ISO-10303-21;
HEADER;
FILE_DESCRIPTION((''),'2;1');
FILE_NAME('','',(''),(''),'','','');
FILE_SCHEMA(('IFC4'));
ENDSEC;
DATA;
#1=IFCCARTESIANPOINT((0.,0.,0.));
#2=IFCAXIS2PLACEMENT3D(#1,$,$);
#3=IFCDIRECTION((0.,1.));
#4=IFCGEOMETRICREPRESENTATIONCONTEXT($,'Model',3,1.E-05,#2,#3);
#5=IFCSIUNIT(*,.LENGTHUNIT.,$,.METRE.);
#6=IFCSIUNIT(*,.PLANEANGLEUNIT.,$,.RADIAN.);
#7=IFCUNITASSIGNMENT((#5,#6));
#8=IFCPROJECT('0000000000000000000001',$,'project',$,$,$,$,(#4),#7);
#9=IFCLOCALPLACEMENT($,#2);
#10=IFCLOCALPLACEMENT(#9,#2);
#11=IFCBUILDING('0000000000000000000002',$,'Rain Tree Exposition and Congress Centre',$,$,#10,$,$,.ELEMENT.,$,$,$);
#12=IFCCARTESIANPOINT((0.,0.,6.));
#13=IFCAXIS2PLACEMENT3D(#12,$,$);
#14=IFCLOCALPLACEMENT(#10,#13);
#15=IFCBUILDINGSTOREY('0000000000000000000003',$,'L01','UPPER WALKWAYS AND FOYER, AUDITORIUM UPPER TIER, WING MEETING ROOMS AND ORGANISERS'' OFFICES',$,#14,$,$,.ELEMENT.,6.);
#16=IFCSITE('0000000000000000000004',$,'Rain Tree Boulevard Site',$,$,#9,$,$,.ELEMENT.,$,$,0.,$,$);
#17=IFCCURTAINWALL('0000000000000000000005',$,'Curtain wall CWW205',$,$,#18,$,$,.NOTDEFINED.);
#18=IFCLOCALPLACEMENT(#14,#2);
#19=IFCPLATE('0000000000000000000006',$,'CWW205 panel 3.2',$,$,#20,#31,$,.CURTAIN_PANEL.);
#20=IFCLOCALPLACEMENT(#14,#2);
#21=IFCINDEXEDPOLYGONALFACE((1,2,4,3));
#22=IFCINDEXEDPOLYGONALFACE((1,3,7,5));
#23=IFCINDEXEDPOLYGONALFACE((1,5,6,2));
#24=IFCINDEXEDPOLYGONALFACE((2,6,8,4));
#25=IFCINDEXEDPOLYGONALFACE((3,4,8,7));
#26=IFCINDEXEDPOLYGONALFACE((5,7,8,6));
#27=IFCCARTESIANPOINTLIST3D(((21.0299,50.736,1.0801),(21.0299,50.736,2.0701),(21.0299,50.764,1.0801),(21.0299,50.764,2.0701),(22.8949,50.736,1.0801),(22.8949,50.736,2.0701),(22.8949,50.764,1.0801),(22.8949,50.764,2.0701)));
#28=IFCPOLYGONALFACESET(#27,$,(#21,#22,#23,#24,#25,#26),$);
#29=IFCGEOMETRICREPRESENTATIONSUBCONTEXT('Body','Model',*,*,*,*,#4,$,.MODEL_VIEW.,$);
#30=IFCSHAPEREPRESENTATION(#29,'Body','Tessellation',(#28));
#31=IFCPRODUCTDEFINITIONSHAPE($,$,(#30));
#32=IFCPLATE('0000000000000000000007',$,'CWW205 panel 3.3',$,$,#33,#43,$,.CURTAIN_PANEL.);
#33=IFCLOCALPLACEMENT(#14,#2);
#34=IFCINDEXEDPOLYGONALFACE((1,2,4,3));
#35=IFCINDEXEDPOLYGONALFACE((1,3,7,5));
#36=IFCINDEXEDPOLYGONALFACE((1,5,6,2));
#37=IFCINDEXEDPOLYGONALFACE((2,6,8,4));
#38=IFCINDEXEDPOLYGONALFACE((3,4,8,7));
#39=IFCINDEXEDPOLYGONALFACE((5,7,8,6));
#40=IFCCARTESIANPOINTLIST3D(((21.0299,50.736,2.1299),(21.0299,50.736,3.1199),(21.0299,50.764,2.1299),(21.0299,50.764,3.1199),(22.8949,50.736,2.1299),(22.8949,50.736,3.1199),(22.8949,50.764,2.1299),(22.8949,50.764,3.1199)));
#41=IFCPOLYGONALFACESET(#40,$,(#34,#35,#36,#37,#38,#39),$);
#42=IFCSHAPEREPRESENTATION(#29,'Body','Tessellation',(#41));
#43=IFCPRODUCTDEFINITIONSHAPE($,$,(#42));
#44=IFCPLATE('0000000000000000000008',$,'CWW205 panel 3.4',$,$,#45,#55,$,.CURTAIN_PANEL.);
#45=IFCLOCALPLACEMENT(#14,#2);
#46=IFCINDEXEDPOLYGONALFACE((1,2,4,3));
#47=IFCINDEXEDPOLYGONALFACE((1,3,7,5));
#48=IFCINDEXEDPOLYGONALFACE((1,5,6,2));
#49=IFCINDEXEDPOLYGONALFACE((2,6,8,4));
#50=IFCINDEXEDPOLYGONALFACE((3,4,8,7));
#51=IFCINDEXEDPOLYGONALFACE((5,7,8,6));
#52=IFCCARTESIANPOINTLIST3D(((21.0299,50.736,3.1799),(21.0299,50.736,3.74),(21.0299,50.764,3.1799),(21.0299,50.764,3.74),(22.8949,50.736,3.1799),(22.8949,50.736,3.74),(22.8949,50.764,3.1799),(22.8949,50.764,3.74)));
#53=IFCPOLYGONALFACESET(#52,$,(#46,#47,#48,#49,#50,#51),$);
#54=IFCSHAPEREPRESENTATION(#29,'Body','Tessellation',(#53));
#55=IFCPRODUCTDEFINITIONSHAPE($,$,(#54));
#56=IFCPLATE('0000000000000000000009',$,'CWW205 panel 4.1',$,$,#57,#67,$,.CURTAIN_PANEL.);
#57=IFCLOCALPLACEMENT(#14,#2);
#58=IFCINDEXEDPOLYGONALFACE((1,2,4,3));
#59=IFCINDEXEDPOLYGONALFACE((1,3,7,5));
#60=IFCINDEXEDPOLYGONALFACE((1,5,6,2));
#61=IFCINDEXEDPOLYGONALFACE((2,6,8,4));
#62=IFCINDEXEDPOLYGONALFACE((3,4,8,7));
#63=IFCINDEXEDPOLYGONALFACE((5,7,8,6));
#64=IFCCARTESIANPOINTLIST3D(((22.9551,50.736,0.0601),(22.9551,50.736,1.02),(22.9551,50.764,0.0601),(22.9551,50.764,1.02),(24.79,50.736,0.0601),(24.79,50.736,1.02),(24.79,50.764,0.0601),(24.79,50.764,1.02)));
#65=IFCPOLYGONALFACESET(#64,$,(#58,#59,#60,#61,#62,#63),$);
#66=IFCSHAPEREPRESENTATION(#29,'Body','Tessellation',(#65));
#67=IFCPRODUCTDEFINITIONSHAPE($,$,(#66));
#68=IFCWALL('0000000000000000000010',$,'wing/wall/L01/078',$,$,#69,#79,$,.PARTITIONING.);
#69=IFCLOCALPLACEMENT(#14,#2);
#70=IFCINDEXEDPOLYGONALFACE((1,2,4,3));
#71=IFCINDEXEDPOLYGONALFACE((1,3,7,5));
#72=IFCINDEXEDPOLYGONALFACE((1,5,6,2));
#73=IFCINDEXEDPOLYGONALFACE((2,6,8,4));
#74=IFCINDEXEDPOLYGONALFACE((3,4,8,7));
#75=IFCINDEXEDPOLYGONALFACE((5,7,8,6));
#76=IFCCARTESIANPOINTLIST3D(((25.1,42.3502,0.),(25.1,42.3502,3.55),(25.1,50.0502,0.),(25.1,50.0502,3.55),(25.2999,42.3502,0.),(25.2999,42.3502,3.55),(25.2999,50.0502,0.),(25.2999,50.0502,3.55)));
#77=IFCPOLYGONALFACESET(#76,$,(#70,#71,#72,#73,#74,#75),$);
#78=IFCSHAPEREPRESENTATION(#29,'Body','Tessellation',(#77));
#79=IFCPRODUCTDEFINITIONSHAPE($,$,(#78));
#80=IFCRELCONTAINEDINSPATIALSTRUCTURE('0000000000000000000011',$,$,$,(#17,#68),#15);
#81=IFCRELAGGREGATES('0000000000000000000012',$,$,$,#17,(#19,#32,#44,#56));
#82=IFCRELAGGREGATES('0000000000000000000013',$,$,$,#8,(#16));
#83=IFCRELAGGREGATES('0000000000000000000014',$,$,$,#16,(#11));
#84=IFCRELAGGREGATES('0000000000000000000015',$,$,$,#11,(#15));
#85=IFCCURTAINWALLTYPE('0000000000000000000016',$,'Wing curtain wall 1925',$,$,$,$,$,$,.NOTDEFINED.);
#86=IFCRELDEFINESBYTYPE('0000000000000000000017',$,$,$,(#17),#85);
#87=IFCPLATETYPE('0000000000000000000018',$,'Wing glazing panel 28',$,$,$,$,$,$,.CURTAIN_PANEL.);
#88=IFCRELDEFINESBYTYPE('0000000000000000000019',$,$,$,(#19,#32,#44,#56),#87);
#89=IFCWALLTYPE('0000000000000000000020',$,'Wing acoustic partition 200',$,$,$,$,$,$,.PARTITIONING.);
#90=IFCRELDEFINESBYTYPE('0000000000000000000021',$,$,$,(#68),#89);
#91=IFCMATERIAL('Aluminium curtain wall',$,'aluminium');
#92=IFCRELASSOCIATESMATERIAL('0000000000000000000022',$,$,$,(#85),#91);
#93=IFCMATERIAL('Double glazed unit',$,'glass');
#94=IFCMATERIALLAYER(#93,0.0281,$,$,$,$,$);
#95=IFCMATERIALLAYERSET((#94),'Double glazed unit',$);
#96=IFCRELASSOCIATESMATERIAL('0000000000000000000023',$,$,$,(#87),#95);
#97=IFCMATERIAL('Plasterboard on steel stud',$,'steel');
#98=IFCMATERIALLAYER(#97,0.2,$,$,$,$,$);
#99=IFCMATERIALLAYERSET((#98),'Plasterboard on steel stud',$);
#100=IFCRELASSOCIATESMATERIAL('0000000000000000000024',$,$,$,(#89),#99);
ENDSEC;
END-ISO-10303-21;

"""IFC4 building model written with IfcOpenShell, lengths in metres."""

from ifc_helpers import new_model, si_unit, direction, frame, frame_2d, origin, origin_2d, place, context, subcontext, project, spatial, rectangle, extrude, material, layer, layer_set, type_object, element, aggregate, save


model = new_model("IFC4")

# Units and contexts
model_context = context("Model", 3, precision=1e-05, world=origin(), true_north=direction((0.0, 1.0)))
body_context = subcontext(model_context, "Body", "Model", "MODEL_VIEW")
ifc_project = project(units=[si_unit("LENGTHUNIT", "METRE"), si_unit("PLANEANGLEUNIT", "RADIAN")], contexts=[model_context])

# Site, building, storey
site_placement = place(None, origin())
site = spatial("IfcSite", under=ifc_project, at=site_placement, Name="Rain Tree Boulevard Site", CompositionType="ELEMENT", RefElevation=0.0)
building_placement = place(site_placement, origin())
building = spatial("IfcBuilding", under=site, at=building_placement, Name="Rain Tree Exposition and Congress Centre", CompositionType="ELEMENT")
storey_placement = place(building_placement, frame((0.0, 0.0, 6.0)))
storey = spatial("IfcBuildingStorey", under=building, at=storey_placement, Name="L01", Description="UPPER WALKWAYS AND FOYER, AUDITORIUM UPPER TIER, WING MEETING ROOMS AND ORGANISERS' OFFICES", CompositionType="ELEMENT", Elevation=6.0)

# Curtain wall, plates
ifc_material_1 = material(Name="Aluminium curtain wall", Category="aluminium")
curtain_wall_type = type_object("IfcCurtainWallType", Name="Wing curtain wall 1925", PredefinedType="NOTDEFINED", material=ifc_material_1)
curtain_wall_placement = place(storey_placement, origin())
curtain_wall = element("IfcCurtainWall", 1, at=curtain_wall_placement, inside=storey, type_object=curtain_wall_type, Name="Curtain wall CWW205", PredefinedType="NOTDEFINED")
ifc_material_2 = material(Name="Double glazed unit", Category="glass")
ifc_layer_1 = layer(ifc_material_2, 0.0281)
ifc_layer_set_1 = layer_set([ifc_layer_1], Name="Double glazed unit")
plate_type = type_object("IfcPlateType", Name="Wing glazing panel 28", PredefinedType="CURTAIN_PANEL", material=ifc_layer_set_1)
plate_1_placement = place(storey_placement, frame((21.9624, 50.75, 1.0801), z_axis=(0.0, 0.0, 1.0), x_axis=(1.0, 0.0, 0.0)))
plate_1 = element("IfcPlate", 2, at=plate_1_placement, type_object=plate_type, Name="CWW205 panel 3.2", PredefinedType="CURTAIN_PANEL", context=body_context, shape_type="SweptSolid", body=[
    extrude(rectangle(XDim=1.865, YDim=0.0281, at=origin_2d()), origin(), (0.0, 0.0, 1.0), 0.99),
])
plate_2_placement = place(storey_placement, frame((21.9624, 50.75, 2.1299), z_axis=(0.0, 0.0, 1.0), x_axis=(1.0, 0.0, 0.0)))
plate_2 = element("IfcPlate", 3, at=plate_2_placement, type_object=plate_type, Name="CWW205 panel 3.3", PredefinedType="CURTAIN_PANEL", context=body_context, shape_type="SweptSolid", body=[
    extrude(rectangle(XDim=1.865, YDim=0.0281, at=origin_2d()), origin(), (0.0, 0.0, 1.0), 0.99),
])
plate_3_placement = place(storey_placement, frame((21.9624, 50.75, 3.1799), z_axis=(0.0, 0.0, 1.0), x_axis=(1.0, 0.0, 0.0)))
plate_3 = element("IfcPlate", 4, at=plate_3_placement, type_object=plate_type, Name="CWW205 panel 3.4", PredefinedType="CURTAIN_PANEL", context=body_context, shape_type="SweptSolid", body=[
    extrude(rectangle(XDim=1.865, YDim=0.0281, at=origin_2d()), origin(), (0.0, 0.0, 1.0), 0.5601),
])
plate_4_placement = place(storey_placement, frame((23.8726, 50.75, 0.0601), z_axis=(0.0, 0.0, 1.0), x_axis=(1.0, 0.0, 0.0)))
plate_4 = element("IfcPlate", 5, at=plate_4_placement, type_object=plate_type, Name="CWW205 panel 4.1", PredefinedType="CURTAIN_PANEL", context=body_context, shape_type="SweptSolid", body=[
    extrude(rectangle(XDim=1.835, YDim=0.0281, at=origin_2d()), origin(), (0.0, 0.0, 1.0), 0.96),
])
aggregate(curtain_wall, [plate_1, plate_2, plate_3, plate_4])

# Shared definitions
ifc_material_3 = material(Name="Plasterboard on steel stud", Category="steel")
ifc_layer_2 = layer(ifc_material_3, 0.2)
ifc_layer_set_2 = layer_set([ifc_layer_2], Name="Plasterboard on steel stud")
wall_type = type_object("IfcWallType", Name="Wing acoustic partition 200", PredefinedType="PARTITIONING", material=ifc_layer_set_2)

# Wall
wall_1_placement = place(storey_placement, frame((25.2, 42.3501, 0.0), z_axis=(0.0, 0.0, 1.0), x_axis=(0.0, 1.0, 0.0)))
element("IfcWall", 6, at=wall_1_placement, inside=storey, type_object=wall_type, Name="wing/wall/L01/078", PredefinedType="PARTITIONING", context=body_context, shape_type="SweptSolid", body=[
    extrude(rectangle(XDim=7.7, YDim=0.2, at=frame_2d((3.8501, 0.0))), origin(), (0.0, 0.0, 1.0), 3.55),
])

save(model, "model.ifc")
